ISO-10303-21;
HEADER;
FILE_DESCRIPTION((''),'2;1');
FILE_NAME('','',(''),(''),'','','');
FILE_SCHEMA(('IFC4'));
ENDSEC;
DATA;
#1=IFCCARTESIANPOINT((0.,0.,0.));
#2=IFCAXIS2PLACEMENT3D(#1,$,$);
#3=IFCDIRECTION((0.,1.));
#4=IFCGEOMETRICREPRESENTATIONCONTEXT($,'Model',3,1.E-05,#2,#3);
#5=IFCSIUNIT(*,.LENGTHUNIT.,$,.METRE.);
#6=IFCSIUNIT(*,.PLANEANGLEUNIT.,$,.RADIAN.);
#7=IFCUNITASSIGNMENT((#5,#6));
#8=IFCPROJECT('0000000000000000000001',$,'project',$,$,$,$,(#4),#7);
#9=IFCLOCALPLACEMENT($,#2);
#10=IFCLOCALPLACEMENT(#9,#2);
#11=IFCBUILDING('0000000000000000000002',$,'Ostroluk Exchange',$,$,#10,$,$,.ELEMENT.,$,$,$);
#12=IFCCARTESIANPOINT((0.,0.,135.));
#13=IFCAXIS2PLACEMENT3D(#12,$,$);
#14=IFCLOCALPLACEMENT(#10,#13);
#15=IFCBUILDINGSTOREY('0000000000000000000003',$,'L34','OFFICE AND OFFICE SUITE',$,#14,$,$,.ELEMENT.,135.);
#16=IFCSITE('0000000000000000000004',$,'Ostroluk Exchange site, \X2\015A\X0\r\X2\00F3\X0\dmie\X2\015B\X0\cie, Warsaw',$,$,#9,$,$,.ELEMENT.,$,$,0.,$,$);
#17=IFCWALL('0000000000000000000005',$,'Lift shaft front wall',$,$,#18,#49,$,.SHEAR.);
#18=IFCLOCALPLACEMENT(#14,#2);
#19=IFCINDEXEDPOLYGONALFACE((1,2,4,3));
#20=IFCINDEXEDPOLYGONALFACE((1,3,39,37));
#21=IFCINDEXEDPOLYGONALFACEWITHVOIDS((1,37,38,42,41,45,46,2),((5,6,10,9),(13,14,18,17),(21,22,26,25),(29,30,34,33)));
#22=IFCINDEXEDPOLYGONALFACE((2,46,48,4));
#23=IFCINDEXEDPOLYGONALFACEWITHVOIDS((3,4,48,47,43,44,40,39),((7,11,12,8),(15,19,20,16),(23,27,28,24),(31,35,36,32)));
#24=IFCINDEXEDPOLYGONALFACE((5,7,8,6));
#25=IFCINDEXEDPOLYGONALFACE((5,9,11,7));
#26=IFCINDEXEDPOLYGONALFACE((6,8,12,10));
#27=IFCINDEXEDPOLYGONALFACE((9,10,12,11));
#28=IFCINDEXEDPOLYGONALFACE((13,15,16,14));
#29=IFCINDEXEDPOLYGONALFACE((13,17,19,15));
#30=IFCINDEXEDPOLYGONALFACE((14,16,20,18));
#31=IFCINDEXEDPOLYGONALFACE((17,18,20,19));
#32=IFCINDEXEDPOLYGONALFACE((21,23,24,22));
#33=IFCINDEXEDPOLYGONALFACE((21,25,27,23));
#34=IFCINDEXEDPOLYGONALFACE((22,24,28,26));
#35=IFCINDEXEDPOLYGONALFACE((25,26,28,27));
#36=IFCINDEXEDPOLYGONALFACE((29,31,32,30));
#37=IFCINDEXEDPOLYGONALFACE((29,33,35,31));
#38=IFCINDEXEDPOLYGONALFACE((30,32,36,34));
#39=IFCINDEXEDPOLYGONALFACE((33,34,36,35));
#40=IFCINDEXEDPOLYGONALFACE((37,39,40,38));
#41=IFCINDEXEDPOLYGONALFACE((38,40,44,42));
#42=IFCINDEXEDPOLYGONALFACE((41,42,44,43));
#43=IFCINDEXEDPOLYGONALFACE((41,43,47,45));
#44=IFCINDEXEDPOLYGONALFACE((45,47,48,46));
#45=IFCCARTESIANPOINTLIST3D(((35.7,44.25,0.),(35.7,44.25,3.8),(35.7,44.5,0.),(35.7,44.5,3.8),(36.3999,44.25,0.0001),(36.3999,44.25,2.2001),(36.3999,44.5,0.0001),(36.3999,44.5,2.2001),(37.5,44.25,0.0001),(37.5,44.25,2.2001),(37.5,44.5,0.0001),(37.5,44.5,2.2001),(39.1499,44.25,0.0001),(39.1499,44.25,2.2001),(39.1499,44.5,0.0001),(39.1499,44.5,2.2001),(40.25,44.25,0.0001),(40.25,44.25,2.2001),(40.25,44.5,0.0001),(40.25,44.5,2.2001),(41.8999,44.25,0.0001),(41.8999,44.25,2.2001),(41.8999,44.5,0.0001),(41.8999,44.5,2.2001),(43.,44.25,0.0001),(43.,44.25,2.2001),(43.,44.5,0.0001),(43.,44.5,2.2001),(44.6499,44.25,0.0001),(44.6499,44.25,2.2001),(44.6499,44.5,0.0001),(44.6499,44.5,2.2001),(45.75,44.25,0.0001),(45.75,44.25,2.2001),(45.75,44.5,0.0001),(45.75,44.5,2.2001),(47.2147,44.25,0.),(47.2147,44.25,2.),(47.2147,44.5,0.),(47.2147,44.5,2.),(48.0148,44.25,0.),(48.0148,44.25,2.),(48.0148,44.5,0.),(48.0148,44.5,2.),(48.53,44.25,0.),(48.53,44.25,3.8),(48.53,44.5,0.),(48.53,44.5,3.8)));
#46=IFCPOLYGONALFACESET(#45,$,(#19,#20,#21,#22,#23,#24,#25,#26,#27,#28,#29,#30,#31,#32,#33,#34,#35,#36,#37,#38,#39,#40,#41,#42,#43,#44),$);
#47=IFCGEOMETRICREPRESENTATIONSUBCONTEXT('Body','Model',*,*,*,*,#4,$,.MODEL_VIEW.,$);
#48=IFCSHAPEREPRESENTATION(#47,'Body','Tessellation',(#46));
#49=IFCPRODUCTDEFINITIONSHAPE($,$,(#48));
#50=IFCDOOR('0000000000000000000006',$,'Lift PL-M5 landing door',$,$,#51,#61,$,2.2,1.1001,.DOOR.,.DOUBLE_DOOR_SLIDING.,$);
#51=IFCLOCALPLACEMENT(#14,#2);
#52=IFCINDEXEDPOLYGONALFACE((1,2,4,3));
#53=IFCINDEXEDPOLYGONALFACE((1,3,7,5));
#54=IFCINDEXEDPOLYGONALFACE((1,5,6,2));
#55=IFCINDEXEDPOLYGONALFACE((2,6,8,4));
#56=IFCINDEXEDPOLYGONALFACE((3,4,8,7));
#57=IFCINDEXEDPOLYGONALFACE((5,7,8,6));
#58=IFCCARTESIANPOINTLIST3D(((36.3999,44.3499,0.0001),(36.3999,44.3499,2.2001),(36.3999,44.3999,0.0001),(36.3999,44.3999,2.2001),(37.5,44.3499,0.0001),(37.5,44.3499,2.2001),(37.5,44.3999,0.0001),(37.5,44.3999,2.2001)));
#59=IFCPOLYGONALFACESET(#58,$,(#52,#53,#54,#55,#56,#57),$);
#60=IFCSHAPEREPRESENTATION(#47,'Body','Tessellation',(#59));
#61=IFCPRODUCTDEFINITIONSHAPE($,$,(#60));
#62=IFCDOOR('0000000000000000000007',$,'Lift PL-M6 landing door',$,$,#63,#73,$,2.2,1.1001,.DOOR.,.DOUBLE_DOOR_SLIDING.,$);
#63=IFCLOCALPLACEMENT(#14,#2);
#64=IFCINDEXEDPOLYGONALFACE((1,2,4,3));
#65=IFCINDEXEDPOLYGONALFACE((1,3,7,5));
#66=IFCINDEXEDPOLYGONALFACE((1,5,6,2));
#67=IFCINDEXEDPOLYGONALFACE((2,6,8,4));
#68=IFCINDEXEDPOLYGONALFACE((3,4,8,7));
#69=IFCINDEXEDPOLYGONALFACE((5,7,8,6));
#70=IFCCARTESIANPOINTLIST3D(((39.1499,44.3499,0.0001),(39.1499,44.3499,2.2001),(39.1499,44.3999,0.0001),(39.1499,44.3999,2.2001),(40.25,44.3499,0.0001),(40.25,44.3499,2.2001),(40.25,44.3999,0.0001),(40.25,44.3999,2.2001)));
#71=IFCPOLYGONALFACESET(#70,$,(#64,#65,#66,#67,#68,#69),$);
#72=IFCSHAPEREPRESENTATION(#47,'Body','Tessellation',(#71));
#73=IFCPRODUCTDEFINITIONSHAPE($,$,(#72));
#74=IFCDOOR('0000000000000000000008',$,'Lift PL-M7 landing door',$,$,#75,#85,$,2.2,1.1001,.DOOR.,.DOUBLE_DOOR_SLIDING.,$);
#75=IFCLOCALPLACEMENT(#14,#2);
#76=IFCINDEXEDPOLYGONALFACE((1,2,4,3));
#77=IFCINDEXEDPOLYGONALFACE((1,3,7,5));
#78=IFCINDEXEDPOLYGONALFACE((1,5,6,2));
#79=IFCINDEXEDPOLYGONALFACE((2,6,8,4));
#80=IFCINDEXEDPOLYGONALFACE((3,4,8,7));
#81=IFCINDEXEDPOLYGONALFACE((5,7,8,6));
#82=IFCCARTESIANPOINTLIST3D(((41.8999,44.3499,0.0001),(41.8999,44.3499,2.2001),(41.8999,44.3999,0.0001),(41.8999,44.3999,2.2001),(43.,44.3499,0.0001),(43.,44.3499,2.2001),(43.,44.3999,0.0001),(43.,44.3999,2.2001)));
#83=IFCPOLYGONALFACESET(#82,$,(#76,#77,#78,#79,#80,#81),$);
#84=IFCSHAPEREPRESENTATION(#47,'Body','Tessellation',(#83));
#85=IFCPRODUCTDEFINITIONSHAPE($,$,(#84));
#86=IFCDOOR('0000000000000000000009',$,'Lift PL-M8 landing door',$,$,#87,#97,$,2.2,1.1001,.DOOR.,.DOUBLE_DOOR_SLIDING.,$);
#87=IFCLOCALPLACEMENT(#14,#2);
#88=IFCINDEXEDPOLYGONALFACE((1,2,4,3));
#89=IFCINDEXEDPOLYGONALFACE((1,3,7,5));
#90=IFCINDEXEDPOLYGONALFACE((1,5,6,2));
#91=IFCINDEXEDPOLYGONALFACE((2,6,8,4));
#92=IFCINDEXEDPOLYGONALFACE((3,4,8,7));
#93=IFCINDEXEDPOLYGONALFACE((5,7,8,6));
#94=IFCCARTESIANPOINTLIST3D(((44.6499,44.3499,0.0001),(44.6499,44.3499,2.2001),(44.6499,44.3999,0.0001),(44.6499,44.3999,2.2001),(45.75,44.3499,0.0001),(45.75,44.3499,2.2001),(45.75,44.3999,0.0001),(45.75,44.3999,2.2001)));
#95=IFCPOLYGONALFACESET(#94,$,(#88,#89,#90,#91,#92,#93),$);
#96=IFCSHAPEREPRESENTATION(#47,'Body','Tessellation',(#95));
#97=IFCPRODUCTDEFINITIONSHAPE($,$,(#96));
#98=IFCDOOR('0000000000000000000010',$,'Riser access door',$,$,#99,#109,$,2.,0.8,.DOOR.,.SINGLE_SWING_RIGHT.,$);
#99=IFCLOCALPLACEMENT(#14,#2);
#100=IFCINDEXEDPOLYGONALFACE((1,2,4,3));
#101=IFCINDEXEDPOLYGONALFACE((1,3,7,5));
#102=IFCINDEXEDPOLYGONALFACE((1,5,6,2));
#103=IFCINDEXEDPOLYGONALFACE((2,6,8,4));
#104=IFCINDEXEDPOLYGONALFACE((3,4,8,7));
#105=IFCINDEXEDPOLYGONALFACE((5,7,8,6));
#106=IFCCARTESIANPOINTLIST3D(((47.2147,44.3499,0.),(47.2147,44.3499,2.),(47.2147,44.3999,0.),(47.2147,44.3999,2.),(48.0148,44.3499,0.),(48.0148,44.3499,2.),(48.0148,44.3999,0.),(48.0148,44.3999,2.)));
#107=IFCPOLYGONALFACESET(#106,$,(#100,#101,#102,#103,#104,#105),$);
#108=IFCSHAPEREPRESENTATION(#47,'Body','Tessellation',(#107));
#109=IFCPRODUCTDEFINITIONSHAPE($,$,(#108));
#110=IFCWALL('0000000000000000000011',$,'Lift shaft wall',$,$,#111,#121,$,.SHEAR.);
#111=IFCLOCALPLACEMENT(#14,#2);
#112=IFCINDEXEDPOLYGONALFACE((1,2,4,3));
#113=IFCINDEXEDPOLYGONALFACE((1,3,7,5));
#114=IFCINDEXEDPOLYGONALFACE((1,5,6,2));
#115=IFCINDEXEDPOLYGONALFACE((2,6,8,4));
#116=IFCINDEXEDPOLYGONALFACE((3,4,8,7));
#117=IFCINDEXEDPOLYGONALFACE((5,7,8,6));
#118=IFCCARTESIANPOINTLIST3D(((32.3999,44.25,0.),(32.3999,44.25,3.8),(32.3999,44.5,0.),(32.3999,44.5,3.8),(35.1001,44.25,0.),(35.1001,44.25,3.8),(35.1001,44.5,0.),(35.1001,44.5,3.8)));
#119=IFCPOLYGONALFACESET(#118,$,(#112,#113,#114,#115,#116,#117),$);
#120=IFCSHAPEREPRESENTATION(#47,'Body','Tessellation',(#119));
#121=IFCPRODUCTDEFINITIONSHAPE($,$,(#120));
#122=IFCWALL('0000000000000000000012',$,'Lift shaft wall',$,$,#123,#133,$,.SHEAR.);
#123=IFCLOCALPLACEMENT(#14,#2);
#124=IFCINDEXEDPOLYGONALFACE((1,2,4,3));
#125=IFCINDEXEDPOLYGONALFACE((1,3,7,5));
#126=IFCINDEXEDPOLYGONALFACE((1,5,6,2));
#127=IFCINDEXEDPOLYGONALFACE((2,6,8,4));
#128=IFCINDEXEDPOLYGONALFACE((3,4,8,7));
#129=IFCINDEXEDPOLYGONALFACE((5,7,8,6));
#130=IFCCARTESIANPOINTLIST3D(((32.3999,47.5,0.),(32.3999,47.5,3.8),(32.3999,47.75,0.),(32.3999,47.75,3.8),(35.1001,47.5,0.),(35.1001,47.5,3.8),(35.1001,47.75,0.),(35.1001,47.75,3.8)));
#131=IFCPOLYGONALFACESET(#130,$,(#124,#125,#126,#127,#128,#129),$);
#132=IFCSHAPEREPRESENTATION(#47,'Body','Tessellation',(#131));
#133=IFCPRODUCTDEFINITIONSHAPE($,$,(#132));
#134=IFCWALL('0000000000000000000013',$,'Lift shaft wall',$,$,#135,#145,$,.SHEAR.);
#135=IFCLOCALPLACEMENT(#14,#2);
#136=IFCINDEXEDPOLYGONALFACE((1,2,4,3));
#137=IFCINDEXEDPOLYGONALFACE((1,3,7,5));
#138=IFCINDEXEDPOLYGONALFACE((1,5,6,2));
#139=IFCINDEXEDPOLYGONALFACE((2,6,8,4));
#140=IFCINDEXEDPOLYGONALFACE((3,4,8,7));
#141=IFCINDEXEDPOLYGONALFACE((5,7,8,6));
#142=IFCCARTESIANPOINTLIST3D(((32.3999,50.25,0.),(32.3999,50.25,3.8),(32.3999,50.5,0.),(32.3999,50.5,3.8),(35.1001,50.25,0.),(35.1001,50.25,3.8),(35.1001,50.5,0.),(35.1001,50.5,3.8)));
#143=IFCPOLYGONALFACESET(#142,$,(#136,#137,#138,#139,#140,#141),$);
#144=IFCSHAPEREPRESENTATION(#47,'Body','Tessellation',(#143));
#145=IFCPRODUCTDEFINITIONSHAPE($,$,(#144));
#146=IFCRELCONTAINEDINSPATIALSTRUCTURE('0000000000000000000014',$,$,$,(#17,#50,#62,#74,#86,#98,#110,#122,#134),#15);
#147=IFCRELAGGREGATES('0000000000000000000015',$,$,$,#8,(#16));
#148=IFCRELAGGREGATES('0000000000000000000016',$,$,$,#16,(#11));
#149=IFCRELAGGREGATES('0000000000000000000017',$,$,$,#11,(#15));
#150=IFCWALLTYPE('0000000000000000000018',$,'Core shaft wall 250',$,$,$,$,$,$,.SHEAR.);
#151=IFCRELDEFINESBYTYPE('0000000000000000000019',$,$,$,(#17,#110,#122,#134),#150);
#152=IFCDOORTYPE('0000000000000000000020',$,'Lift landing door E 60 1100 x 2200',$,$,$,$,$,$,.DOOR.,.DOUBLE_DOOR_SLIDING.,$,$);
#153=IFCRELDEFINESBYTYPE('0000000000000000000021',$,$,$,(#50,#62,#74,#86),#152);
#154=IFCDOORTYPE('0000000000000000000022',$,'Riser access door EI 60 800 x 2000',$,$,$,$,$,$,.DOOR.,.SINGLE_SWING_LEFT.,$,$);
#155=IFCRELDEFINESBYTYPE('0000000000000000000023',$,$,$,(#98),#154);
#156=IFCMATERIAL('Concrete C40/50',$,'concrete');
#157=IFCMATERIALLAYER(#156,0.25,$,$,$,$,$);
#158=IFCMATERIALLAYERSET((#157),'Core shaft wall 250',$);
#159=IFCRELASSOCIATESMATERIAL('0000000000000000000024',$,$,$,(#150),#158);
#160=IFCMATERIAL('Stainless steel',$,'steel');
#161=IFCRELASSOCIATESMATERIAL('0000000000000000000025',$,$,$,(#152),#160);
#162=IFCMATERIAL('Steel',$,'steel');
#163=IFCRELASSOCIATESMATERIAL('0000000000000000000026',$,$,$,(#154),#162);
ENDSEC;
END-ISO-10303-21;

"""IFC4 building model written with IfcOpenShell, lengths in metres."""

from ifc_helpers import new_model, si_unit, direction, frame, frame_2d, origin, place, context, subcontext, project, spatial, rectangle, extrude, material, layer, layer_set, type_object, element, fill, save


model = new_model("IFC4")

# Units and contexts
model_context = context("Model", 3, precision=1e-05, world=origin(), true_north=direction((0.0, 1.0)))
body_context = subcontext(model_context, "Body", "Model", "MODEL_VIEW")
ifc_project = project(units=[si_unit("LENGTHUNIT", "METRE"), si_unit("PLANEANGLEUNIT", "RADIAN")], contexts=[model_context])

# Site, building, storey
site_placement = place(None, origin())
site = spatial("IfcSite", under=ifc_project, at=site_placement, Name="Ostroluk Exchange site, Śródmieście, Warsaw", CompositionType="ELEMENT", RefElevation=0.0)
building_placement = place(site_placement, origin())
building = spatial("IfcBuilding", under=site, at=building_placement, Name="Ostroluk Exchange", CompositionType="ELEMENT")
storey_placement = place(building_placement, frame((0.0, 0.0, 135.0)))
storey = spatial("IfcBuildingStorey", under=building, at=storey_placement, Name="L34", Description="OFFICE AND OFFICE SUITE", CompositionType="ELEMENT", Elevation=135.0)

# Shared definitions
ifc_material_1 = material(Name="Concrete C40/50", Category="concrete")
ifc_layer_1 = layer(ifc_material_1, 0.25)
ifc_layer_set_1 = layer_set([ifc_layer_1], Name="Core shaft wall 250")
wall_type_1 = type_object("IfcWallType", Name="Core shaft wall 250", PredefinedType="SHEAR", material=ifc_layer_set_1)

# Wall, openings, doors
ifc_material_2 = material(Name="Stainless steel", Category="steel")
door_type_1 = type_object("IfcDoorType", Name="Lift landing door E 60 1100 x 2200", OperationType="DOUBLE_DOOR_SLIDING", PredefinedType="DOOR", material=ifc_material_2)
ifc_material_3 = material(Name="Steel", Category="steel")
door_type_2 = type_object("IfcDoorType", Name="Riser access door EI 60 800 x 2000", OperationType="SINGLE_SWING_LEFT", PredefinedType="DOOR", material=ifc_material_3)
wall_1_placement = place(storey_placement, frame((35.7, 44.375, 0.0), z_axis=(0.0, 0.0, 1.0), x_axis=(1.0, 0.0, 0.0)))
wall_1 = element("IfcWall", 1, at=wall_1_placement, inside=storey, type_object=wall_type_1, Name="Lift shaft front wall", PredefinedType="SHEAR", context=body_context, shape_type="SweptSolid", body=[
    extrude(rectangle(XDim=12.8301, YDim=0.25, at=frame_2d((6.415, 0.0))), origin(), (0.0, 0.0, 1.0), 3.8),
])
opening_1_placement = place(wall_1_placement, frame((0.7, 0.0, 0.0)))
opening_1 = element("IfcOpeningElement", 2, at=opening_1_placement, cuts=wall_1, PredefinedType="OPENING", context=body_context, shape_type="SweptSolid", body=[
    extrude(rectangle(XDim=1.1001, YDim=2.2, at=frame_2d((0.55, 1.1001))), frame((0.0, 0.135, 0.0), z_axis=(0.0, -1.0, 0.0), x_axis=(1.0, 0.0, 0.0)), (0.0, 0.0, 1.0), 0.27),
])
opening_2_placement = place(wall_1_placement, frame((3.45, 0.0, 0.0)))
opening_2 = element("IfcOpeningElement", 3, at=opening_2_placement, cuts=wall_1, PredefinedType="OPENING", context=body_context, shape_type="SweptSolid", body=[
    extrude(rectangle(XDim=1.1001, YDim=2.2, at=frame_2d((0.55, 1.1001))), frame((0.0, 0.135, 0.0), z_axis=(0.0, -1.0, 0.0), x_axis=(1.0, 0.0, 0.0)), (0.0, 0.0, 1.0), 0.27),
])
opening_3_placement = place(wall_1_placement, frame((6.2, 0.0, 0.0)))
opening_3 = element("IfcOpeningElement", 4, at=opening_3_placement, cuts=wall_1, PredefinedType="OPENING", context=body_context, shape_type="SweptSolid", body=[
    extrude(rectangle(XDim=1.1001, YDim=2.2, at=frame_2d((0.55, 1.1001))), frame((0.0, 0.135, 0.0), z_axis=(0.0, -1.0, 0.0), x_axis=(1.0, 0.0, 0.0)), (0.0, 0.0, 1.0), 0.27),
])
opening_4_placement = place(wall_1_placement, frame((8.95, 0.0, 0.0)))
opening_4 = element("IfcOpeningElement", 5, at=opening_4_placement, cuts=wall_1, PredefinedType="OPENING", context=body_context, shape_type="SweptSolid", body=[
    extrude(rectangle(XDim=1.1001, YDim=2.2, at=frame_2d((0.55, 1.1001))), frame((0.0, 0.135, 0.0), z_axis=(0.0, -1.0, 0.0), x_axis=(1.0, 0.0, 0.0)), (0.0, 0.0, 1.0), 0.27),
])
opening_5_placement = place(wall_1_placement, frame((11.5149, 0.0, 0.0)))
opening_5 = element("IfcOpeningElement", 6, at=opening_5_placement, cuts=wall_1, PredefinedType="OPENING", context=body_context, shape_type="SweptSolid", body=[
    extrude(rectangle(XDim=0.8, YDim=2.0, at=frame_2d((0.3999, 1.0))), frame((0.0, 0.135, 0.0), z_axis=(0.0, -1.0, 0.0), x_axis=(1.0, 0.0, 0.0)), (0.0, 0.0, 1.0), 0.27),
])
door_1_placement = place(opening_1_placement, origin())
door_1 = element("IfcDoor", 7, at=door_1_placement, inside=storey, type_object=door_type_1, Name="Lift PL-M5 landing door", OperationType="DOUBLE_DOOR_SLIDING", OverallHeight=2.2, OverallWidth=1.1001, PredefinedType="DOOR", context=body_context, shape_type="SweptSolid", body=[
    extrude(rectangle(XDim=1.1001, YDim=2.2, at=frame_2d((0.55, 1.1001))), frame((0.0, 0.0249, 0.0), z_axis=(0.0, -1.0, 0.0), x_axis=(1.0, 0.0, 0.0)), (0.0, 0.0, 1.0), 0.05),
])
fill(opening_1, door_1)
door_2_placement = place(opening_2_placement, origin())
door_2 = element("IfcDoor", 8, at=door_2_placement, inside=storey, type_object=door_type_1, Name="Lift PL-M6 landing door", OperationType="DOUBLE_DOOR_SLIDING", OverallHeight=2.2, OverallWidth=1.1001, PredefinedType="DOOR", context=body_context, shape_type="SweptSolid", body=[
    extrude(rectangle(XDim=1.1001, YDim=2.2, at=frame_2d((0.55, 1.1001))), frame((0.0, 0.0249, 0.0), z_axis=(0.0, -1.0, 0.0), x_axis=(1.0, 0.0, 0.0)), (0.0, 0.0, 1.0), 0.05),
])
fill(opening_2, door_2)
door_3_placement = place(opening_3_placement, origin())
door_3 = element("IfcDoor", 9, at=door_3_placement, inside=storey, type_object=door_type_1, Name="Lift PL-M7 landing door", OperationType="DOUBLE_DOOR_SLIDING", OverallHeight=2.2, OverallWidth=1.1001, PredefinedType="DOOR", context=body_context, shape_type="SweptSolid", body=[
    extrude(rectangle(XDim=1.1001, YDim=2.2, at=frame_2d((0.55, 1.1001))), frame((0.0, 0.0249, 0.0), z_axis=(0.0, -1.0, 0.0), x_axis=(1.0, 0.0, 0.0)), (0.0, 0.0, 1.0), 0.05),
])
fill(opening_3, door_3)
door_4_placement = place(opening_4_placement, origin())
door_4 = element("IfcDoor", 10, at=door_4_placement, inside=storey, type_object=door_type_1, Name="Lift PL-M8 landing door", OperationType="DOUBLE_DOOR_SLIDING", OverallHeight=2.2, OverallWidth=1.1001, PredefinedType="DOOR", context=body_context, shape_type="SweptSolid", body=[
    extrude(rectangle(XDim=1.1001, YDim=2.2, at=frame_2d((0.55, 1.1001))), frame((0.0, 0.0249, 0.0), z_axis=(0.0, -1.0, 0.0), x_axis=(1.0, 0.0, 0.0)), (0.0, 0.0, 1.0), 0.05),
])
fill(opening_4, door_4)
door_5_placement = place(opening_5_placement, origin())
door_5 = element("IfcDoor", 11, at=door_5_placement, inside=storey, type_object=door_type_2, Name="Riser access door", OperationType="SINGLE_SWING_RIGHT", OverallHeight=2.0, OverallWidth=0.8, PredefinedType="DOOR", context=body_context, shape_type="SweptSolid", body=[
    extrude(rectangle(XDim=0.8, YDim=2.0, at=frame_2d((0.3999, 1.0))), frame((0.0, 0.0249, 0.0), z_axis=(0.0, -1.0, 0.0), x_axis=(1.0, 0.0, 0.0)), (0.0, 0.0, 1.0), 0.05),
])
fill(opening_5, door_5)

# Walls
for number, where, z_axis, x_axis, name in (
    (12, (32.3999, 44.375, 0.0), (0.0, 0.0, 1.0), (1.0, 0.0, 0.0), "Lift shaft wall"),
    (13, (32.3999, 47.625, 0.0), (0.0, 0.0, 1.0), (1.0, 0.0, 0.0), "Lift shaft wall"),
    (14, (32.3999, 50.375, 0.0), (0.0, 0.0, 1.0), (1.0, 0.0, 0.0), "Lift shaft wall"),
):
    element("IfcWall", number, at=place(storey_placement, frame(where, z_axis=z_axis, x_axis=x_axis)), inside=storey, type_object=wall_type_1, Name=name, PredefinedType="SHEAR", context=body_context, shape_type="SweptSolid", body=[
        extrude(rectangle(XDim=2.7002, YDim=0.25, at=frame_2d((1.3501, 0.0))), origin(), (0.0, 0.0, 1.0), 3.8),
    ])

save(model, "model.ifc")
